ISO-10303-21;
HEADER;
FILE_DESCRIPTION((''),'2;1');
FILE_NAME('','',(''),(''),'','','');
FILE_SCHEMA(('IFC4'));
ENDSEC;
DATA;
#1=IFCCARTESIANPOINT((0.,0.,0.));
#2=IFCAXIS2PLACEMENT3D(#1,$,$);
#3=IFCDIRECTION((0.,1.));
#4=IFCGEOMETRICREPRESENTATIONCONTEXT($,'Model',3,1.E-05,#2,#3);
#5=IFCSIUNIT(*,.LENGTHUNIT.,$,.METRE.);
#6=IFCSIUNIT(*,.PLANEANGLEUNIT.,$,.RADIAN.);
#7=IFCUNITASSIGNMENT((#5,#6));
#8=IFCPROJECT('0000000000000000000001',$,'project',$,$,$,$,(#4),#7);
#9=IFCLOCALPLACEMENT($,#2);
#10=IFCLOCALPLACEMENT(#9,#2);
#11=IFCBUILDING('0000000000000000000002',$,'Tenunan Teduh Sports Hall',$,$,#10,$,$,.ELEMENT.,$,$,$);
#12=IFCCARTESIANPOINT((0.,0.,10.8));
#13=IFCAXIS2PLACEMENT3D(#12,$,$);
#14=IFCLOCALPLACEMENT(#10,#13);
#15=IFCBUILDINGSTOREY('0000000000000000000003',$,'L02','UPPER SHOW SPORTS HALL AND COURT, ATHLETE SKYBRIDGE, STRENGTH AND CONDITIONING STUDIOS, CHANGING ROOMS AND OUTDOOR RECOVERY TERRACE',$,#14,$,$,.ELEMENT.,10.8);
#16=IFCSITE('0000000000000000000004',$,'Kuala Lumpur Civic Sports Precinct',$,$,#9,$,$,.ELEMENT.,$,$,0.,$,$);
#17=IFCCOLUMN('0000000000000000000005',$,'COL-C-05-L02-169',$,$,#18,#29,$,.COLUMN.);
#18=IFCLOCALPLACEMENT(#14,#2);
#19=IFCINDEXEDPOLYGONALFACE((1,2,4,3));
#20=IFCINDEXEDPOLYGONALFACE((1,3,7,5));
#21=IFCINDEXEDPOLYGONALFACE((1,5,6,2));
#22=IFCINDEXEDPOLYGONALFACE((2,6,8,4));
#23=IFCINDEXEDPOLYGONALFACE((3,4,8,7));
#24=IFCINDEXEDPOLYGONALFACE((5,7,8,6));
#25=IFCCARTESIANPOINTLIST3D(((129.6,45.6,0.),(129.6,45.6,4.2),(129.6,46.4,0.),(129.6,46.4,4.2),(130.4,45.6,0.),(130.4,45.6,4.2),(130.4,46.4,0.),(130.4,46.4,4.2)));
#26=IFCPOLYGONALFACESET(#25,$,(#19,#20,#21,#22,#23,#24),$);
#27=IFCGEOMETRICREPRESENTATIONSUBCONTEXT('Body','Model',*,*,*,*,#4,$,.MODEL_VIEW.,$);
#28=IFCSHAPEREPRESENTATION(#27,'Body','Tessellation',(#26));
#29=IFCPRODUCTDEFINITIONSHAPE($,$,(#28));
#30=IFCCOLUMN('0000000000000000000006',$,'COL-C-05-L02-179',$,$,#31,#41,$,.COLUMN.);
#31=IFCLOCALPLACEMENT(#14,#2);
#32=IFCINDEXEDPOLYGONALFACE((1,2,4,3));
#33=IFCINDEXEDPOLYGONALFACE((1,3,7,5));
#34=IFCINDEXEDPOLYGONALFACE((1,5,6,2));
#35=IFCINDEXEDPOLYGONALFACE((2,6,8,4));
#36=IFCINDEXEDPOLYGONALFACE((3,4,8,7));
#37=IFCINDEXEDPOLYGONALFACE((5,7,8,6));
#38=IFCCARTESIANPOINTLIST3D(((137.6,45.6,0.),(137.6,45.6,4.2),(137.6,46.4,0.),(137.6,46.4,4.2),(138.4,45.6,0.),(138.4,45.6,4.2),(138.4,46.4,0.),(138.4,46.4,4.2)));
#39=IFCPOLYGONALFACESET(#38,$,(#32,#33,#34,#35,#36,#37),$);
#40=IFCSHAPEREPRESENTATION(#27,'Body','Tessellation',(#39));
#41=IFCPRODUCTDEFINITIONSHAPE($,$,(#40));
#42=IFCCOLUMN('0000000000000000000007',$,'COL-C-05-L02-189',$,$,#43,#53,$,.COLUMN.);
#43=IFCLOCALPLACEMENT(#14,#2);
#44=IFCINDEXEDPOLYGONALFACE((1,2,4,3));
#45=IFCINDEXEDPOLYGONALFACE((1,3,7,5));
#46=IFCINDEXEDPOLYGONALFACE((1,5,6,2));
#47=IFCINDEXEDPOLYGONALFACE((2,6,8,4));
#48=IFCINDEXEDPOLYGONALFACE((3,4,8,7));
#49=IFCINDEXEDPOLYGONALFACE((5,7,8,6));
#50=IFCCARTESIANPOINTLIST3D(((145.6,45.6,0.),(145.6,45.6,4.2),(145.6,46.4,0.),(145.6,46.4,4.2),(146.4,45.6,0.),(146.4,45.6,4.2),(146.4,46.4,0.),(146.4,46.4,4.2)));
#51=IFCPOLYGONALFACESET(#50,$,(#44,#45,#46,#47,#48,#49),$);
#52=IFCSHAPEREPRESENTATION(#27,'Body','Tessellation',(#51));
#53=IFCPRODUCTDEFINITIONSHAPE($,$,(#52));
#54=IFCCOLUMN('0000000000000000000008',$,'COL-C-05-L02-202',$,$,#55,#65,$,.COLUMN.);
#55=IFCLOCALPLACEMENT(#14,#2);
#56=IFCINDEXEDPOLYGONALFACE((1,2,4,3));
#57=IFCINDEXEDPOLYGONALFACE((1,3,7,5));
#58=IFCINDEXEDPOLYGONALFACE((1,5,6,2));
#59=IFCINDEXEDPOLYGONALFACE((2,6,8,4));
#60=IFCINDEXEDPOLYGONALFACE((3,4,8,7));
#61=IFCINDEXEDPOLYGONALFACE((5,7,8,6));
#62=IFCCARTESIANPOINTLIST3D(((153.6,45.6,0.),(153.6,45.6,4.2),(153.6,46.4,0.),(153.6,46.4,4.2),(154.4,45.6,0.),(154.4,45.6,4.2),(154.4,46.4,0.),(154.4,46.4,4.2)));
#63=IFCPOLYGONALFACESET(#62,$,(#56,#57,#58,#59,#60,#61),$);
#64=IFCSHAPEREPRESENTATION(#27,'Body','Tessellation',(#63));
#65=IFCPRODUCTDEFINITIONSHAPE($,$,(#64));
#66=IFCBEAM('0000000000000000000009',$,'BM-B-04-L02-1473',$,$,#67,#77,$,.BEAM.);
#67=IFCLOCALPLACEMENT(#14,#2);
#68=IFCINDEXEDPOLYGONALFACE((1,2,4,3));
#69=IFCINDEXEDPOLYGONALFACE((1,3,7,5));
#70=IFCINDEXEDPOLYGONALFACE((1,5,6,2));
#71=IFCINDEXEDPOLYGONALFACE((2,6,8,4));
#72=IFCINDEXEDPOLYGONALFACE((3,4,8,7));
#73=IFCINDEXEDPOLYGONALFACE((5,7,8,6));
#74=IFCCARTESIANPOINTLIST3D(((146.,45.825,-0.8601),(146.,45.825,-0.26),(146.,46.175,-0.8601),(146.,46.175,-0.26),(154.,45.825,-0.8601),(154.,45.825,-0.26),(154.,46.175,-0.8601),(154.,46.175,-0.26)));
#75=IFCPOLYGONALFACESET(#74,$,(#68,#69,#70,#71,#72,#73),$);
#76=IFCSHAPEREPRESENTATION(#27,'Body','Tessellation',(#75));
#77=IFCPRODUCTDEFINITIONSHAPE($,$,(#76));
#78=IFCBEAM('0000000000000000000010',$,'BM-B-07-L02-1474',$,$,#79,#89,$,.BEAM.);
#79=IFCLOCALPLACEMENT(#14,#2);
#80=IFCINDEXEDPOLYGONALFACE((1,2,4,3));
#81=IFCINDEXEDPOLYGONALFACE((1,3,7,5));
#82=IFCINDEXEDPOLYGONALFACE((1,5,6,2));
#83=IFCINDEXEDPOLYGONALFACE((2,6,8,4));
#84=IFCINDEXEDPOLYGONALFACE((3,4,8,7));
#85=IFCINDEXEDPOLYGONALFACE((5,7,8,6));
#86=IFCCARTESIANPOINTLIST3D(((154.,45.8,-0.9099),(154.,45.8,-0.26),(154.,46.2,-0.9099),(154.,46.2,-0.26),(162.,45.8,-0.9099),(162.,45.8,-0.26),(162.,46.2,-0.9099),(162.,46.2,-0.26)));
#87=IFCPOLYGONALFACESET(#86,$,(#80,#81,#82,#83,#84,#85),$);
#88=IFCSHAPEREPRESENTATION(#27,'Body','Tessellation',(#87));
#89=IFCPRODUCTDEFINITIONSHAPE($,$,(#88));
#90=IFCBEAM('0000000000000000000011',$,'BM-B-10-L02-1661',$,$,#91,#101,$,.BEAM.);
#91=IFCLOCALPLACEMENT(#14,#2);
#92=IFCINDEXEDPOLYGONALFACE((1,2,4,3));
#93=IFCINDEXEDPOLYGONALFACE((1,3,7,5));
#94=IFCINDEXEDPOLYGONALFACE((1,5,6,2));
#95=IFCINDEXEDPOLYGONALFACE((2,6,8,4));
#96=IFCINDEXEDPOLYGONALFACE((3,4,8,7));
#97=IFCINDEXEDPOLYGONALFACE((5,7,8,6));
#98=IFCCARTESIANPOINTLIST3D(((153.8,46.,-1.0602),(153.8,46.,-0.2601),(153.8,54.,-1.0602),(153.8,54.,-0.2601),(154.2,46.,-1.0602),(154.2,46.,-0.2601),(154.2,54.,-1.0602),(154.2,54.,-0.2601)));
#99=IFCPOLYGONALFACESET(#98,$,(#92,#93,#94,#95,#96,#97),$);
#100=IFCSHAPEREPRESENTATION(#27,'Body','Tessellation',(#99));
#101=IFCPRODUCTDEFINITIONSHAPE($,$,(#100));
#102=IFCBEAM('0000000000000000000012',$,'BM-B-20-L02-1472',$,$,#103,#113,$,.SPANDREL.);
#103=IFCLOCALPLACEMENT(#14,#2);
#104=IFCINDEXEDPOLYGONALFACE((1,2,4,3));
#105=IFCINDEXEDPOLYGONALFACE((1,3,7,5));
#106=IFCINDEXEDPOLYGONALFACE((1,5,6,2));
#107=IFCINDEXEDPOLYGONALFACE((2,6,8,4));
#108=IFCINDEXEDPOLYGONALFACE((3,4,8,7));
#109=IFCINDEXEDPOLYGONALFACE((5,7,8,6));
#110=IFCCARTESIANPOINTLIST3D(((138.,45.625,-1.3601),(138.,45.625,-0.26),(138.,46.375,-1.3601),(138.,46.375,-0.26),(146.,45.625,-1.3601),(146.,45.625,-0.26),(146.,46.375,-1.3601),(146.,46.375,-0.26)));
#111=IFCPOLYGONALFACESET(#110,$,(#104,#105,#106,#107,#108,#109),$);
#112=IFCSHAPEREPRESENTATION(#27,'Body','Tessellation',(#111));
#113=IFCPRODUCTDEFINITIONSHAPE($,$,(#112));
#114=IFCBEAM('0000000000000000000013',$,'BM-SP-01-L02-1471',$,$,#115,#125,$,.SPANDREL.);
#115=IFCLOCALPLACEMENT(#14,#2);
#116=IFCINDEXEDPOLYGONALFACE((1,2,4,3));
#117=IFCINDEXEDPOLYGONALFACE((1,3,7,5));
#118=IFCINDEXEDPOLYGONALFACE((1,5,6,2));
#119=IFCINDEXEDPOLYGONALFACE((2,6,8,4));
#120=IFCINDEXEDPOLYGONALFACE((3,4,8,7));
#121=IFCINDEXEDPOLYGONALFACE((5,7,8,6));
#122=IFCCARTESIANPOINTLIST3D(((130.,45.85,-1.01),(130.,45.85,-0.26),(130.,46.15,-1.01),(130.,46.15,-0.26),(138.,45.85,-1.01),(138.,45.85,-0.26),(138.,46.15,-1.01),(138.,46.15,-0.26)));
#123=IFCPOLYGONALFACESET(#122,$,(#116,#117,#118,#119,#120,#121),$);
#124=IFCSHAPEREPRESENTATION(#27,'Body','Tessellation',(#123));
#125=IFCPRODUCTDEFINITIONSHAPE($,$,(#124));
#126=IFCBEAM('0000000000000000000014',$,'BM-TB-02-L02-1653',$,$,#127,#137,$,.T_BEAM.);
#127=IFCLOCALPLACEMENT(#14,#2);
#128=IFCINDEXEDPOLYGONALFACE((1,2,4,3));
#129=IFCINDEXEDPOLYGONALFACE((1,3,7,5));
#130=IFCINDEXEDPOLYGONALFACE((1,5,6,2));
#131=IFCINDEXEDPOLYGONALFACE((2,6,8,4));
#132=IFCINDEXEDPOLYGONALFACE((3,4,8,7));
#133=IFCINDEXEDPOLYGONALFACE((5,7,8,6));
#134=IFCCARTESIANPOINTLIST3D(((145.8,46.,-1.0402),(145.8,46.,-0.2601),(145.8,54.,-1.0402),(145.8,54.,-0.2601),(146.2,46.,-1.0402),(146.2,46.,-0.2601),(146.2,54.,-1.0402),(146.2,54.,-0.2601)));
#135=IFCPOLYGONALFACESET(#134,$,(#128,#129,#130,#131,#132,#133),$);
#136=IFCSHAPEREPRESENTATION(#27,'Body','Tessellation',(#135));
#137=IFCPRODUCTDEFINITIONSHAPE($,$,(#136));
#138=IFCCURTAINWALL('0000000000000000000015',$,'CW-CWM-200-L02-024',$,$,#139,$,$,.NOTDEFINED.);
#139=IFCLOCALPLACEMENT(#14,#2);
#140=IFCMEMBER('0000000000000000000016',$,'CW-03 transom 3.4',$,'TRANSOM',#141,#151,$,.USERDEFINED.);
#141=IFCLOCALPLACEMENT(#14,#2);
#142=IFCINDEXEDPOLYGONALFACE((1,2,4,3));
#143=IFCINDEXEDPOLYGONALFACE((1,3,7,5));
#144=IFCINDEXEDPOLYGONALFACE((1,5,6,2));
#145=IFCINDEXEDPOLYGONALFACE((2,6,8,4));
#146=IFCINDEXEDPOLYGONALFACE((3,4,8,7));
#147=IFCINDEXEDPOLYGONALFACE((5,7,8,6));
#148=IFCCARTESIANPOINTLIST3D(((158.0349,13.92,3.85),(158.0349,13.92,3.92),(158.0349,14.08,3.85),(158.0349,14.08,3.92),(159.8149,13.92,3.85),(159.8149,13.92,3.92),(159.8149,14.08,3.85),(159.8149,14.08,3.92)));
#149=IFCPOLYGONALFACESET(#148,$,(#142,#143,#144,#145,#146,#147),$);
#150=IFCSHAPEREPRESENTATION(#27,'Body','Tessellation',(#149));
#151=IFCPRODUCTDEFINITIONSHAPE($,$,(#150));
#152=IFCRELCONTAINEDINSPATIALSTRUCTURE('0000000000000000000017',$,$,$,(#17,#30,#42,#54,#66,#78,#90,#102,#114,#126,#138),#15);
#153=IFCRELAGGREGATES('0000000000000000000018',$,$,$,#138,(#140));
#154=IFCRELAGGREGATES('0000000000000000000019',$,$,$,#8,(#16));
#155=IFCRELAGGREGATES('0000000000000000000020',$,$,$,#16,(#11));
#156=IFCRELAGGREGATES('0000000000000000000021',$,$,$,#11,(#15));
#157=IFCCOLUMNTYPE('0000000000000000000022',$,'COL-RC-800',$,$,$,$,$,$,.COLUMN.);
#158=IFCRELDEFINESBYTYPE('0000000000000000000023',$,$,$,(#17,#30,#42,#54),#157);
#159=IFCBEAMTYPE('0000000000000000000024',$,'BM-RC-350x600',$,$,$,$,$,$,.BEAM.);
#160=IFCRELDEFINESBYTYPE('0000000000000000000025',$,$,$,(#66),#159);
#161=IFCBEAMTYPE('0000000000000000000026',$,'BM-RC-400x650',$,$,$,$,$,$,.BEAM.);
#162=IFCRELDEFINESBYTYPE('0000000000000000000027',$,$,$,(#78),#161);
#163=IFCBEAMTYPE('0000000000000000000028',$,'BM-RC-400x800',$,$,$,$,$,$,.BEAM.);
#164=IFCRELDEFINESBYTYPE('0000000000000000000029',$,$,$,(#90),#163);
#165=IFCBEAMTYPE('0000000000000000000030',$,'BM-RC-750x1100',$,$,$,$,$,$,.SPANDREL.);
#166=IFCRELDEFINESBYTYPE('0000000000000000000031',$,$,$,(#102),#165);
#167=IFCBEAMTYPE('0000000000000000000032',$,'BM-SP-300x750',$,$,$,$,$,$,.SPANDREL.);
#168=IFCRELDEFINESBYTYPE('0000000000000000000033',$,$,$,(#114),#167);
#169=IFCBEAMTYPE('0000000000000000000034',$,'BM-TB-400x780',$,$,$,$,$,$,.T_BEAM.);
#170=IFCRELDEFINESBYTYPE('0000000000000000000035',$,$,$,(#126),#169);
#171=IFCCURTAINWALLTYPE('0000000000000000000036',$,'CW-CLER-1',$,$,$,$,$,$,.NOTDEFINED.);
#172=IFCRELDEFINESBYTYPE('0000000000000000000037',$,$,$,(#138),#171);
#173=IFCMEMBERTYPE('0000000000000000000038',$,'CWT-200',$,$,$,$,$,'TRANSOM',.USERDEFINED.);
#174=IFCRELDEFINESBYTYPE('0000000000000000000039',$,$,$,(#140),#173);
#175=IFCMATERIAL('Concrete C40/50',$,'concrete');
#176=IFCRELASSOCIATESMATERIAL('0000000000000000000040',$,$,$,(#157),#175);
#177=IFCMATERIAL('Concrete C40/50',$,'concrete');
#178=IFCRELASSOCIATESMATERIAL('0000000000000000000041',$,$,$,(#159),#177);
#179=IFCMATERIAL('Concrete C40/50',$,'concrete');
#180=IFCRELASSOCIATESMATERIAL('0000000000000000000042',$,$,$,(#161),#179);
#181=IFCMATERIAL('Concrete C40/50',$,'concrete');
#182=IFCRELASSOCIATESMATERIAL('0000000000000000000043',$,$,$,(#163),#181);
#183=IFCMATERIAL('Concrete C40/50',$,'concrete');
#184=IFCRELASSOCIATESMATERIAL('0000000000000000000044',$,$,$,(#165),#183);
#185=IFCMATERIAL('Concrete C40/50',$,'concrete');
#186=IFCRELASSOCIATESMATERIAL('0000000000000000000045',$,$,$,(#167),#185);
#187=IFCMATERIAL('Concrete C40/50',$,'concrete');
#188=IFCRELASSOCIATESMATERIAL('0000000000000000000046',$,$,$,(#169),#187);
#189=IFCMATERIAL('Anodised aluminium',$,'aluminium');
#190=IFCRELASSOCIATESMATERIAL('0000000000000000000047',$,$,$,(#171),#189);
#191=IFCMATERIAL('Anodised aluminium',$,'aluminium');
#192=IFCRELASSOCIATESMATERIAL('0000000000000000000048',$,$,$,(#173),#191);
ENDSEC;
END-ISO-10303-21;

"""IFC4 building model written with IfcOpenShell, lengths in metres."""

from ifc_helpers import new_model, si_unit, direction, frame, origin, origin_2d, place, context, subcontext, project, spatial, rectangle, extrude, material, material_profile, profile_set, type_object, element, aggregate, save


model = new_model("IFC4")

# Units and contexts
model_context = context("Model", 3, precision=1e-05, world=origin(), true_north=direction((0.0, 1.0)))
body_context = subcontext(model_context, "Body", "Model", "MODEL_VIEW")
ifc_project = project(units=[si_unit("LENGTHUNIT", "METRE"), si_unit("PLANEANGLEUNIT", "RADIAN")], contexts=[model_context])

# Site, building, storey
site_placement = place(None, origin())
site = spatial("IfcSite", under=ifc_project, at=site_placement, Name="Kuala Lumpur Civic Sports Precinct", CompositionType="ELEMENT", RefElevation=0.0)
building_placement = place(site_placement, origin())
building = spatial("IfcBuilding", under=site, at=building_placement, Name="Tenunan Teduh Sports Hall", CompositionType="ELEMENT")
storey_placement = place(building_placement, frame((0.0, 0.0, 10.8)))
storey = spatial("IfcBuildingStorey", under=building, at=storey_placement, Name="L02", Description="UPPER SHOW SPORTS HALL AND COURT, ATHLETE SKYBRIDGE, STRENGTH AND CONDITIONING STUDIOS, CHANGING ROOMS AND OUTDOOR RECOVERY TERRACE", CompositionType="ELEMENT", Elevation=10.8)

# Columns
ifc_material_1 = material(Name="Concrete C40/50", Category="concrete")
ifc_material_profile_1 = material_profile(ifc_material_1, rectangle(XDim=0.8, YDim=0.8, at=origin_2d()), Name="RC 800x800")
ifc_profile_set_1 = profile_set([ifc_material_profile_1], Name="Concrete C40/50")
column_type = type_object("IfcColumnType", Name="COL-RC-800", PredefinedType="COLUMN", material=ifc_profile_set_1)
for number, where, z_axis, x_axis, name in (
    (1, (130.0, 46.0, 0.0), (0.0, 0.0, 1.0), (1.0, 0.0, 0.0), "COL-C-05-L02-169"),
    (2, (138.0, 46.0, 0.0), (0.0, 0.0, 1.0), (1.0, 0.0, 0.0), "COL-C-05-L02-179"),
    (3, (146.0, 46.0, 0.0), (0.0, 0.0, 1.0), (1.0, 0.0, 0.0), "COL-C-05-L02-189"),
    (4, (154.0, 46.0, 0.0), (0.0, 0.0, 1.0), (1.0, 0.0, 0.0), "COL-C-05-L02-202"),
):
    element("IfcColumn", number, at=place(storey_placement, frame(where, z_axis=z_axis, x_axis=x_axis)), inside=storey, type_object=column_type, Name=name, PredefinedType="COLUMN", context=body_context, shape_type="SweptSolid", body=[
        extrude(rectangle(XDim=0.8, YDim=0.8, at=origin_2d()), origin(), (0.0, 0.0, 1.0), 4.2),
    ])

# Beams
ifc_material_2 = material(Name="Concrete C40/50", Category="concrete")
ifc_material_profile_2 = material_profile(ifc_material_2, rectangle(XDim=0.3501, YDim=0.6001, at=origin_2d()), Name="RCB 350x600")
ifc_profile_set_2 = profile_set([ifc_material_profile_2], Name="Concrete C40/50")
beam_type_1 = type_object("IfcBeamType", Name="BM-RC-350x600", PredefinedType="BEAM", material=ifc_profile_set_2)
beam_1_placement = place(storey_placement, frame((146.0, 46.0, -0.5601), z_axis=(1.0, 0.0, 0.0), x_axis=(0.0, 1.0, 0.0)))
element("IfcBeam", 5, at=beam_1_placement, inside=storey, type_object=beam_type_1, Name="BM-B-04-L02-1473", PredefinedType="BEAM", context=body_context, shape_type="SweptSolid", body=[
    extrude(rectangle(XDim=0.3501, YDim=0.6001, at=origin_2d()), origin(), (0.0, 0.0, 1.0), 8.0),
])
ifc_material_3 = material(Name="Concrete C40/50", Category="concrete")
ifc_material_profile_3 = material_profile(ifc_material_3, rectangle(XDim=0.3999, YDim=0.6499, at=origin_2d()), Name="RCB 400x650")
ifc_profile_set_3 = profile_set([ifc_material_profile_3], Name="Concrete C40/50")
beam_type_2 = type_object("IfcBeamType", Name="BM-RC-400x650", PredefinedType="BEAM", material=ifc_profile_set_3)
beam_2_placement = place(storey_placement, frame((154.0, 46.0, -0.585), z_axis=(1.0, 0.0, 0.0), x_axis=(0.0, 1.0, 0.0)))
element("IfcBeam", 6, at=beam_2_placement, inside=storey, type_object=beam_type_2, Name="BM-B-07-L02-1474", PredefinedType="BEAM", context=body_context, shape_type="SweptSolid", body=[
    extrude(rectangle(XDim=0.3999, YDim=0.6499, at=origin_2d()), origin(), (0.0, 0.0, 1.0), 8.0),
])
ifc_material_4 = material(Name="Concrete C40/50", Category="concrete")
ifc_material_profile_4 = material_profile(ifc_material_4, rectangle(XDim=0.3999, YDim=0.8, at=origin_2d()), Name="RCB 400x800")
ifc_profile_set_4 = profile_set([ifc_material_profile_4], Name="Concrete C40/50")
beam_type_3 = type_object("IfcBeamType", Name="BM-RC-400x800", PredefinedType="BEAM", material=ifc_profile_set_4)
beam_3_placement = place(storey_placement, frame((154.0, 46.0, -0.6602), z_axis=(0.0, 1.0, 0.0), x_axis=(-1.0, 0.0, 0.0)))
element("IfcBeam", 7, at=beam_3_placement, inside=storey, type_object=beam_type_3, Name="BM-B-10-L02-1661", PredefinedType="BEAM", context=body_context, shape_type="SweptSolid", body=[
    extrude(rectangle(XDim=0.3999, YDim=0.8, at=origin_2d()), origin(), (0.0, 0.0, 1.0), 8.0),
])
ifc_material_5 = material(Name="Concrete C40/50", Category="concrete")
ifc_material_profile_5 = material_profile(ifc_material_5, rectangle(XDim=0.75, YDim=1.1001, at=origin_2d()), Name="RCB 750x1100")
ifc_profile_set_5 = profile_set([ifc_material_profile_5], Name="Concrete C40/50")
beam_type_4 = type_object("IfcBeamType", Name="BM-RC-750x1100", PredefinedType="SPANDREL", material=ifc_profile_set_5)
beam_4_placement = place(storey_placement, frame((138.0, 46.0, -0.8101), z_axis=(1.0, 0.0, 0.0), x_axis=(0.0, 1.0, 0.0)))
element("IfcBeam", 8, at=beam_4_placement, inside=storey, type_object=beam_type_4, Name="BM-B-20-L02-1472", PredefinedType="SPANDREL", context=body_context, shape_type="SweptSolid", body=[
    extrude(rectangle(XDim=0.75, YDim=1.1001, at=origin_2d()), origin(), (0.0, 0.0, 1.0), 8.0),
])
ifc_material_6 = material(Name="Concrete C40/50", Category="concrete")
ifc_material_profile_6 = material_profile(ifc_material_6, rectangle(XDim=0.3, YDim=0.75, at=origin_2d()), Name="SPB 300x750")
ifc_profile_set_6 = profile_set([ifc_material_profile_6], Name="Concrete C40/50")
beam_type_5 = type_object("IfcBeamType", Name="BM-SP-300x750", PredefinedType="SPANDREL", material=ifc_profile_set_6)
beam_5_placement = place(storey_placement, frame((130.0, 46.0, -0.635), z_axis=(1.0, 0.0, 0.0), x_axis=(0.0, 1.0, 0.0)))
element("IfcBeam", 9, at=beam_5_placement, inside=storey, type_object=beam_type_5, Name="BM-SP-01-L02-1471", PredefinedType="SPANDREL", context=body_context, shape_type="SweptSolid", body=[
    extrude(rectangle(XDim=0.3, YDim=0.75, at=origin_2d()), origin(), (0.0, 0.0, 1.0), 8.0),
])
ifc_material_7 = material(Name="Concrete C40/50", Category="concrete")
ifc_material_profile_7 = material_profile(ifc_material_7, rectangle(XDim=0.3999, YDim=0.78, at=origin_2d()), Name="TB 400x780")
ifc_profile_set_7 = profile_set([ifc_material_profile_7], Name="Concrete C40/50")
beam_type_6 = type_object("IfcBeamType", Name="BM-TB-400x780", PredefinedType="T_BEAM", material=ifc_profile_set_7)
beam_6_placement = place(storey_placement, frame((146.0, 46.0, -0.6501), z_axis=(0.0, 1.0, 0.0), x_axis=(-1.0, 0.0, 0.0)))
element("IfcBeam", 10, at=beam_6_placement, inside=storey, type_object=beam_type_6, Name="BM-TB-02-L02-1653", PredefinedType="T_BEAM", context=body_context, shape_type="SweptSolid", body=[
    extrude(rectangle(XDim=0.3999, YDim=0.78, at=origin_2d()), origin(), (0.0, 0.0, 1.0), 8.0),
])

# Curtain wall, member
ifc_material_8 = material(Name="Anodised aluminium", Category="aluminium")
curtain_wall_type = type_object("IfcCurtainWallType", Name="CW-CLER-1", PredefinedType="NOTDEFINED", material=ifc_material_8)
curtain_wall_placement = place(storey_placement, origin())
curtain_wall = element("IfcCurtainWall", 11, at=curtain_wall_placement, inside=storey, type_object=curtain_wall_type, Name="CW-CWM-200-L02-024", PredefinedType="NOTDEFINED")
ifc_material_9 = material(Name="Anodised aluminium", Category="aluminium")
ifc_material_profile_8 = material_profile(ifc_material_9, rectangle(XDim=0.0701, YDim=0.1599, at=origin_2d()), Name="CWT 70x160")
ifc_profile_set_8 = profile_set([ifc_material_profile_8], Name="Anodised aluminium")
member_type_1 = type_object("IfcMemberType", Name="CWT-200", ElementType="TRANSOM", PredefinedType="USERDEFINED", material=ifc_profile_set_8)
member_1_placement = place(storey_placement, frame((158.0349, 14.0, 3.885), z_axis=(1.0, 0.0, 0.0), x_axis=(0.0, 0.0, 1.0)))
member_1 = element("IfcMember", 12, at=member_1_placement, type_object=member_type_1, Name="CW-03 transom 3.4", ObjectType="TRANSOM", PredefinedType="USERDEFINED", context=body_context, shape_type="SweptSolid", body=[
    extrude(rectangle(XDim=0.0701, YDim=0.1599, at=origin_2d()), origin(), (0.0, 0.0, 1.0), 1.78),
])

aggregate(curtain_wall, [member_1])

save(model, "model.ifc")
